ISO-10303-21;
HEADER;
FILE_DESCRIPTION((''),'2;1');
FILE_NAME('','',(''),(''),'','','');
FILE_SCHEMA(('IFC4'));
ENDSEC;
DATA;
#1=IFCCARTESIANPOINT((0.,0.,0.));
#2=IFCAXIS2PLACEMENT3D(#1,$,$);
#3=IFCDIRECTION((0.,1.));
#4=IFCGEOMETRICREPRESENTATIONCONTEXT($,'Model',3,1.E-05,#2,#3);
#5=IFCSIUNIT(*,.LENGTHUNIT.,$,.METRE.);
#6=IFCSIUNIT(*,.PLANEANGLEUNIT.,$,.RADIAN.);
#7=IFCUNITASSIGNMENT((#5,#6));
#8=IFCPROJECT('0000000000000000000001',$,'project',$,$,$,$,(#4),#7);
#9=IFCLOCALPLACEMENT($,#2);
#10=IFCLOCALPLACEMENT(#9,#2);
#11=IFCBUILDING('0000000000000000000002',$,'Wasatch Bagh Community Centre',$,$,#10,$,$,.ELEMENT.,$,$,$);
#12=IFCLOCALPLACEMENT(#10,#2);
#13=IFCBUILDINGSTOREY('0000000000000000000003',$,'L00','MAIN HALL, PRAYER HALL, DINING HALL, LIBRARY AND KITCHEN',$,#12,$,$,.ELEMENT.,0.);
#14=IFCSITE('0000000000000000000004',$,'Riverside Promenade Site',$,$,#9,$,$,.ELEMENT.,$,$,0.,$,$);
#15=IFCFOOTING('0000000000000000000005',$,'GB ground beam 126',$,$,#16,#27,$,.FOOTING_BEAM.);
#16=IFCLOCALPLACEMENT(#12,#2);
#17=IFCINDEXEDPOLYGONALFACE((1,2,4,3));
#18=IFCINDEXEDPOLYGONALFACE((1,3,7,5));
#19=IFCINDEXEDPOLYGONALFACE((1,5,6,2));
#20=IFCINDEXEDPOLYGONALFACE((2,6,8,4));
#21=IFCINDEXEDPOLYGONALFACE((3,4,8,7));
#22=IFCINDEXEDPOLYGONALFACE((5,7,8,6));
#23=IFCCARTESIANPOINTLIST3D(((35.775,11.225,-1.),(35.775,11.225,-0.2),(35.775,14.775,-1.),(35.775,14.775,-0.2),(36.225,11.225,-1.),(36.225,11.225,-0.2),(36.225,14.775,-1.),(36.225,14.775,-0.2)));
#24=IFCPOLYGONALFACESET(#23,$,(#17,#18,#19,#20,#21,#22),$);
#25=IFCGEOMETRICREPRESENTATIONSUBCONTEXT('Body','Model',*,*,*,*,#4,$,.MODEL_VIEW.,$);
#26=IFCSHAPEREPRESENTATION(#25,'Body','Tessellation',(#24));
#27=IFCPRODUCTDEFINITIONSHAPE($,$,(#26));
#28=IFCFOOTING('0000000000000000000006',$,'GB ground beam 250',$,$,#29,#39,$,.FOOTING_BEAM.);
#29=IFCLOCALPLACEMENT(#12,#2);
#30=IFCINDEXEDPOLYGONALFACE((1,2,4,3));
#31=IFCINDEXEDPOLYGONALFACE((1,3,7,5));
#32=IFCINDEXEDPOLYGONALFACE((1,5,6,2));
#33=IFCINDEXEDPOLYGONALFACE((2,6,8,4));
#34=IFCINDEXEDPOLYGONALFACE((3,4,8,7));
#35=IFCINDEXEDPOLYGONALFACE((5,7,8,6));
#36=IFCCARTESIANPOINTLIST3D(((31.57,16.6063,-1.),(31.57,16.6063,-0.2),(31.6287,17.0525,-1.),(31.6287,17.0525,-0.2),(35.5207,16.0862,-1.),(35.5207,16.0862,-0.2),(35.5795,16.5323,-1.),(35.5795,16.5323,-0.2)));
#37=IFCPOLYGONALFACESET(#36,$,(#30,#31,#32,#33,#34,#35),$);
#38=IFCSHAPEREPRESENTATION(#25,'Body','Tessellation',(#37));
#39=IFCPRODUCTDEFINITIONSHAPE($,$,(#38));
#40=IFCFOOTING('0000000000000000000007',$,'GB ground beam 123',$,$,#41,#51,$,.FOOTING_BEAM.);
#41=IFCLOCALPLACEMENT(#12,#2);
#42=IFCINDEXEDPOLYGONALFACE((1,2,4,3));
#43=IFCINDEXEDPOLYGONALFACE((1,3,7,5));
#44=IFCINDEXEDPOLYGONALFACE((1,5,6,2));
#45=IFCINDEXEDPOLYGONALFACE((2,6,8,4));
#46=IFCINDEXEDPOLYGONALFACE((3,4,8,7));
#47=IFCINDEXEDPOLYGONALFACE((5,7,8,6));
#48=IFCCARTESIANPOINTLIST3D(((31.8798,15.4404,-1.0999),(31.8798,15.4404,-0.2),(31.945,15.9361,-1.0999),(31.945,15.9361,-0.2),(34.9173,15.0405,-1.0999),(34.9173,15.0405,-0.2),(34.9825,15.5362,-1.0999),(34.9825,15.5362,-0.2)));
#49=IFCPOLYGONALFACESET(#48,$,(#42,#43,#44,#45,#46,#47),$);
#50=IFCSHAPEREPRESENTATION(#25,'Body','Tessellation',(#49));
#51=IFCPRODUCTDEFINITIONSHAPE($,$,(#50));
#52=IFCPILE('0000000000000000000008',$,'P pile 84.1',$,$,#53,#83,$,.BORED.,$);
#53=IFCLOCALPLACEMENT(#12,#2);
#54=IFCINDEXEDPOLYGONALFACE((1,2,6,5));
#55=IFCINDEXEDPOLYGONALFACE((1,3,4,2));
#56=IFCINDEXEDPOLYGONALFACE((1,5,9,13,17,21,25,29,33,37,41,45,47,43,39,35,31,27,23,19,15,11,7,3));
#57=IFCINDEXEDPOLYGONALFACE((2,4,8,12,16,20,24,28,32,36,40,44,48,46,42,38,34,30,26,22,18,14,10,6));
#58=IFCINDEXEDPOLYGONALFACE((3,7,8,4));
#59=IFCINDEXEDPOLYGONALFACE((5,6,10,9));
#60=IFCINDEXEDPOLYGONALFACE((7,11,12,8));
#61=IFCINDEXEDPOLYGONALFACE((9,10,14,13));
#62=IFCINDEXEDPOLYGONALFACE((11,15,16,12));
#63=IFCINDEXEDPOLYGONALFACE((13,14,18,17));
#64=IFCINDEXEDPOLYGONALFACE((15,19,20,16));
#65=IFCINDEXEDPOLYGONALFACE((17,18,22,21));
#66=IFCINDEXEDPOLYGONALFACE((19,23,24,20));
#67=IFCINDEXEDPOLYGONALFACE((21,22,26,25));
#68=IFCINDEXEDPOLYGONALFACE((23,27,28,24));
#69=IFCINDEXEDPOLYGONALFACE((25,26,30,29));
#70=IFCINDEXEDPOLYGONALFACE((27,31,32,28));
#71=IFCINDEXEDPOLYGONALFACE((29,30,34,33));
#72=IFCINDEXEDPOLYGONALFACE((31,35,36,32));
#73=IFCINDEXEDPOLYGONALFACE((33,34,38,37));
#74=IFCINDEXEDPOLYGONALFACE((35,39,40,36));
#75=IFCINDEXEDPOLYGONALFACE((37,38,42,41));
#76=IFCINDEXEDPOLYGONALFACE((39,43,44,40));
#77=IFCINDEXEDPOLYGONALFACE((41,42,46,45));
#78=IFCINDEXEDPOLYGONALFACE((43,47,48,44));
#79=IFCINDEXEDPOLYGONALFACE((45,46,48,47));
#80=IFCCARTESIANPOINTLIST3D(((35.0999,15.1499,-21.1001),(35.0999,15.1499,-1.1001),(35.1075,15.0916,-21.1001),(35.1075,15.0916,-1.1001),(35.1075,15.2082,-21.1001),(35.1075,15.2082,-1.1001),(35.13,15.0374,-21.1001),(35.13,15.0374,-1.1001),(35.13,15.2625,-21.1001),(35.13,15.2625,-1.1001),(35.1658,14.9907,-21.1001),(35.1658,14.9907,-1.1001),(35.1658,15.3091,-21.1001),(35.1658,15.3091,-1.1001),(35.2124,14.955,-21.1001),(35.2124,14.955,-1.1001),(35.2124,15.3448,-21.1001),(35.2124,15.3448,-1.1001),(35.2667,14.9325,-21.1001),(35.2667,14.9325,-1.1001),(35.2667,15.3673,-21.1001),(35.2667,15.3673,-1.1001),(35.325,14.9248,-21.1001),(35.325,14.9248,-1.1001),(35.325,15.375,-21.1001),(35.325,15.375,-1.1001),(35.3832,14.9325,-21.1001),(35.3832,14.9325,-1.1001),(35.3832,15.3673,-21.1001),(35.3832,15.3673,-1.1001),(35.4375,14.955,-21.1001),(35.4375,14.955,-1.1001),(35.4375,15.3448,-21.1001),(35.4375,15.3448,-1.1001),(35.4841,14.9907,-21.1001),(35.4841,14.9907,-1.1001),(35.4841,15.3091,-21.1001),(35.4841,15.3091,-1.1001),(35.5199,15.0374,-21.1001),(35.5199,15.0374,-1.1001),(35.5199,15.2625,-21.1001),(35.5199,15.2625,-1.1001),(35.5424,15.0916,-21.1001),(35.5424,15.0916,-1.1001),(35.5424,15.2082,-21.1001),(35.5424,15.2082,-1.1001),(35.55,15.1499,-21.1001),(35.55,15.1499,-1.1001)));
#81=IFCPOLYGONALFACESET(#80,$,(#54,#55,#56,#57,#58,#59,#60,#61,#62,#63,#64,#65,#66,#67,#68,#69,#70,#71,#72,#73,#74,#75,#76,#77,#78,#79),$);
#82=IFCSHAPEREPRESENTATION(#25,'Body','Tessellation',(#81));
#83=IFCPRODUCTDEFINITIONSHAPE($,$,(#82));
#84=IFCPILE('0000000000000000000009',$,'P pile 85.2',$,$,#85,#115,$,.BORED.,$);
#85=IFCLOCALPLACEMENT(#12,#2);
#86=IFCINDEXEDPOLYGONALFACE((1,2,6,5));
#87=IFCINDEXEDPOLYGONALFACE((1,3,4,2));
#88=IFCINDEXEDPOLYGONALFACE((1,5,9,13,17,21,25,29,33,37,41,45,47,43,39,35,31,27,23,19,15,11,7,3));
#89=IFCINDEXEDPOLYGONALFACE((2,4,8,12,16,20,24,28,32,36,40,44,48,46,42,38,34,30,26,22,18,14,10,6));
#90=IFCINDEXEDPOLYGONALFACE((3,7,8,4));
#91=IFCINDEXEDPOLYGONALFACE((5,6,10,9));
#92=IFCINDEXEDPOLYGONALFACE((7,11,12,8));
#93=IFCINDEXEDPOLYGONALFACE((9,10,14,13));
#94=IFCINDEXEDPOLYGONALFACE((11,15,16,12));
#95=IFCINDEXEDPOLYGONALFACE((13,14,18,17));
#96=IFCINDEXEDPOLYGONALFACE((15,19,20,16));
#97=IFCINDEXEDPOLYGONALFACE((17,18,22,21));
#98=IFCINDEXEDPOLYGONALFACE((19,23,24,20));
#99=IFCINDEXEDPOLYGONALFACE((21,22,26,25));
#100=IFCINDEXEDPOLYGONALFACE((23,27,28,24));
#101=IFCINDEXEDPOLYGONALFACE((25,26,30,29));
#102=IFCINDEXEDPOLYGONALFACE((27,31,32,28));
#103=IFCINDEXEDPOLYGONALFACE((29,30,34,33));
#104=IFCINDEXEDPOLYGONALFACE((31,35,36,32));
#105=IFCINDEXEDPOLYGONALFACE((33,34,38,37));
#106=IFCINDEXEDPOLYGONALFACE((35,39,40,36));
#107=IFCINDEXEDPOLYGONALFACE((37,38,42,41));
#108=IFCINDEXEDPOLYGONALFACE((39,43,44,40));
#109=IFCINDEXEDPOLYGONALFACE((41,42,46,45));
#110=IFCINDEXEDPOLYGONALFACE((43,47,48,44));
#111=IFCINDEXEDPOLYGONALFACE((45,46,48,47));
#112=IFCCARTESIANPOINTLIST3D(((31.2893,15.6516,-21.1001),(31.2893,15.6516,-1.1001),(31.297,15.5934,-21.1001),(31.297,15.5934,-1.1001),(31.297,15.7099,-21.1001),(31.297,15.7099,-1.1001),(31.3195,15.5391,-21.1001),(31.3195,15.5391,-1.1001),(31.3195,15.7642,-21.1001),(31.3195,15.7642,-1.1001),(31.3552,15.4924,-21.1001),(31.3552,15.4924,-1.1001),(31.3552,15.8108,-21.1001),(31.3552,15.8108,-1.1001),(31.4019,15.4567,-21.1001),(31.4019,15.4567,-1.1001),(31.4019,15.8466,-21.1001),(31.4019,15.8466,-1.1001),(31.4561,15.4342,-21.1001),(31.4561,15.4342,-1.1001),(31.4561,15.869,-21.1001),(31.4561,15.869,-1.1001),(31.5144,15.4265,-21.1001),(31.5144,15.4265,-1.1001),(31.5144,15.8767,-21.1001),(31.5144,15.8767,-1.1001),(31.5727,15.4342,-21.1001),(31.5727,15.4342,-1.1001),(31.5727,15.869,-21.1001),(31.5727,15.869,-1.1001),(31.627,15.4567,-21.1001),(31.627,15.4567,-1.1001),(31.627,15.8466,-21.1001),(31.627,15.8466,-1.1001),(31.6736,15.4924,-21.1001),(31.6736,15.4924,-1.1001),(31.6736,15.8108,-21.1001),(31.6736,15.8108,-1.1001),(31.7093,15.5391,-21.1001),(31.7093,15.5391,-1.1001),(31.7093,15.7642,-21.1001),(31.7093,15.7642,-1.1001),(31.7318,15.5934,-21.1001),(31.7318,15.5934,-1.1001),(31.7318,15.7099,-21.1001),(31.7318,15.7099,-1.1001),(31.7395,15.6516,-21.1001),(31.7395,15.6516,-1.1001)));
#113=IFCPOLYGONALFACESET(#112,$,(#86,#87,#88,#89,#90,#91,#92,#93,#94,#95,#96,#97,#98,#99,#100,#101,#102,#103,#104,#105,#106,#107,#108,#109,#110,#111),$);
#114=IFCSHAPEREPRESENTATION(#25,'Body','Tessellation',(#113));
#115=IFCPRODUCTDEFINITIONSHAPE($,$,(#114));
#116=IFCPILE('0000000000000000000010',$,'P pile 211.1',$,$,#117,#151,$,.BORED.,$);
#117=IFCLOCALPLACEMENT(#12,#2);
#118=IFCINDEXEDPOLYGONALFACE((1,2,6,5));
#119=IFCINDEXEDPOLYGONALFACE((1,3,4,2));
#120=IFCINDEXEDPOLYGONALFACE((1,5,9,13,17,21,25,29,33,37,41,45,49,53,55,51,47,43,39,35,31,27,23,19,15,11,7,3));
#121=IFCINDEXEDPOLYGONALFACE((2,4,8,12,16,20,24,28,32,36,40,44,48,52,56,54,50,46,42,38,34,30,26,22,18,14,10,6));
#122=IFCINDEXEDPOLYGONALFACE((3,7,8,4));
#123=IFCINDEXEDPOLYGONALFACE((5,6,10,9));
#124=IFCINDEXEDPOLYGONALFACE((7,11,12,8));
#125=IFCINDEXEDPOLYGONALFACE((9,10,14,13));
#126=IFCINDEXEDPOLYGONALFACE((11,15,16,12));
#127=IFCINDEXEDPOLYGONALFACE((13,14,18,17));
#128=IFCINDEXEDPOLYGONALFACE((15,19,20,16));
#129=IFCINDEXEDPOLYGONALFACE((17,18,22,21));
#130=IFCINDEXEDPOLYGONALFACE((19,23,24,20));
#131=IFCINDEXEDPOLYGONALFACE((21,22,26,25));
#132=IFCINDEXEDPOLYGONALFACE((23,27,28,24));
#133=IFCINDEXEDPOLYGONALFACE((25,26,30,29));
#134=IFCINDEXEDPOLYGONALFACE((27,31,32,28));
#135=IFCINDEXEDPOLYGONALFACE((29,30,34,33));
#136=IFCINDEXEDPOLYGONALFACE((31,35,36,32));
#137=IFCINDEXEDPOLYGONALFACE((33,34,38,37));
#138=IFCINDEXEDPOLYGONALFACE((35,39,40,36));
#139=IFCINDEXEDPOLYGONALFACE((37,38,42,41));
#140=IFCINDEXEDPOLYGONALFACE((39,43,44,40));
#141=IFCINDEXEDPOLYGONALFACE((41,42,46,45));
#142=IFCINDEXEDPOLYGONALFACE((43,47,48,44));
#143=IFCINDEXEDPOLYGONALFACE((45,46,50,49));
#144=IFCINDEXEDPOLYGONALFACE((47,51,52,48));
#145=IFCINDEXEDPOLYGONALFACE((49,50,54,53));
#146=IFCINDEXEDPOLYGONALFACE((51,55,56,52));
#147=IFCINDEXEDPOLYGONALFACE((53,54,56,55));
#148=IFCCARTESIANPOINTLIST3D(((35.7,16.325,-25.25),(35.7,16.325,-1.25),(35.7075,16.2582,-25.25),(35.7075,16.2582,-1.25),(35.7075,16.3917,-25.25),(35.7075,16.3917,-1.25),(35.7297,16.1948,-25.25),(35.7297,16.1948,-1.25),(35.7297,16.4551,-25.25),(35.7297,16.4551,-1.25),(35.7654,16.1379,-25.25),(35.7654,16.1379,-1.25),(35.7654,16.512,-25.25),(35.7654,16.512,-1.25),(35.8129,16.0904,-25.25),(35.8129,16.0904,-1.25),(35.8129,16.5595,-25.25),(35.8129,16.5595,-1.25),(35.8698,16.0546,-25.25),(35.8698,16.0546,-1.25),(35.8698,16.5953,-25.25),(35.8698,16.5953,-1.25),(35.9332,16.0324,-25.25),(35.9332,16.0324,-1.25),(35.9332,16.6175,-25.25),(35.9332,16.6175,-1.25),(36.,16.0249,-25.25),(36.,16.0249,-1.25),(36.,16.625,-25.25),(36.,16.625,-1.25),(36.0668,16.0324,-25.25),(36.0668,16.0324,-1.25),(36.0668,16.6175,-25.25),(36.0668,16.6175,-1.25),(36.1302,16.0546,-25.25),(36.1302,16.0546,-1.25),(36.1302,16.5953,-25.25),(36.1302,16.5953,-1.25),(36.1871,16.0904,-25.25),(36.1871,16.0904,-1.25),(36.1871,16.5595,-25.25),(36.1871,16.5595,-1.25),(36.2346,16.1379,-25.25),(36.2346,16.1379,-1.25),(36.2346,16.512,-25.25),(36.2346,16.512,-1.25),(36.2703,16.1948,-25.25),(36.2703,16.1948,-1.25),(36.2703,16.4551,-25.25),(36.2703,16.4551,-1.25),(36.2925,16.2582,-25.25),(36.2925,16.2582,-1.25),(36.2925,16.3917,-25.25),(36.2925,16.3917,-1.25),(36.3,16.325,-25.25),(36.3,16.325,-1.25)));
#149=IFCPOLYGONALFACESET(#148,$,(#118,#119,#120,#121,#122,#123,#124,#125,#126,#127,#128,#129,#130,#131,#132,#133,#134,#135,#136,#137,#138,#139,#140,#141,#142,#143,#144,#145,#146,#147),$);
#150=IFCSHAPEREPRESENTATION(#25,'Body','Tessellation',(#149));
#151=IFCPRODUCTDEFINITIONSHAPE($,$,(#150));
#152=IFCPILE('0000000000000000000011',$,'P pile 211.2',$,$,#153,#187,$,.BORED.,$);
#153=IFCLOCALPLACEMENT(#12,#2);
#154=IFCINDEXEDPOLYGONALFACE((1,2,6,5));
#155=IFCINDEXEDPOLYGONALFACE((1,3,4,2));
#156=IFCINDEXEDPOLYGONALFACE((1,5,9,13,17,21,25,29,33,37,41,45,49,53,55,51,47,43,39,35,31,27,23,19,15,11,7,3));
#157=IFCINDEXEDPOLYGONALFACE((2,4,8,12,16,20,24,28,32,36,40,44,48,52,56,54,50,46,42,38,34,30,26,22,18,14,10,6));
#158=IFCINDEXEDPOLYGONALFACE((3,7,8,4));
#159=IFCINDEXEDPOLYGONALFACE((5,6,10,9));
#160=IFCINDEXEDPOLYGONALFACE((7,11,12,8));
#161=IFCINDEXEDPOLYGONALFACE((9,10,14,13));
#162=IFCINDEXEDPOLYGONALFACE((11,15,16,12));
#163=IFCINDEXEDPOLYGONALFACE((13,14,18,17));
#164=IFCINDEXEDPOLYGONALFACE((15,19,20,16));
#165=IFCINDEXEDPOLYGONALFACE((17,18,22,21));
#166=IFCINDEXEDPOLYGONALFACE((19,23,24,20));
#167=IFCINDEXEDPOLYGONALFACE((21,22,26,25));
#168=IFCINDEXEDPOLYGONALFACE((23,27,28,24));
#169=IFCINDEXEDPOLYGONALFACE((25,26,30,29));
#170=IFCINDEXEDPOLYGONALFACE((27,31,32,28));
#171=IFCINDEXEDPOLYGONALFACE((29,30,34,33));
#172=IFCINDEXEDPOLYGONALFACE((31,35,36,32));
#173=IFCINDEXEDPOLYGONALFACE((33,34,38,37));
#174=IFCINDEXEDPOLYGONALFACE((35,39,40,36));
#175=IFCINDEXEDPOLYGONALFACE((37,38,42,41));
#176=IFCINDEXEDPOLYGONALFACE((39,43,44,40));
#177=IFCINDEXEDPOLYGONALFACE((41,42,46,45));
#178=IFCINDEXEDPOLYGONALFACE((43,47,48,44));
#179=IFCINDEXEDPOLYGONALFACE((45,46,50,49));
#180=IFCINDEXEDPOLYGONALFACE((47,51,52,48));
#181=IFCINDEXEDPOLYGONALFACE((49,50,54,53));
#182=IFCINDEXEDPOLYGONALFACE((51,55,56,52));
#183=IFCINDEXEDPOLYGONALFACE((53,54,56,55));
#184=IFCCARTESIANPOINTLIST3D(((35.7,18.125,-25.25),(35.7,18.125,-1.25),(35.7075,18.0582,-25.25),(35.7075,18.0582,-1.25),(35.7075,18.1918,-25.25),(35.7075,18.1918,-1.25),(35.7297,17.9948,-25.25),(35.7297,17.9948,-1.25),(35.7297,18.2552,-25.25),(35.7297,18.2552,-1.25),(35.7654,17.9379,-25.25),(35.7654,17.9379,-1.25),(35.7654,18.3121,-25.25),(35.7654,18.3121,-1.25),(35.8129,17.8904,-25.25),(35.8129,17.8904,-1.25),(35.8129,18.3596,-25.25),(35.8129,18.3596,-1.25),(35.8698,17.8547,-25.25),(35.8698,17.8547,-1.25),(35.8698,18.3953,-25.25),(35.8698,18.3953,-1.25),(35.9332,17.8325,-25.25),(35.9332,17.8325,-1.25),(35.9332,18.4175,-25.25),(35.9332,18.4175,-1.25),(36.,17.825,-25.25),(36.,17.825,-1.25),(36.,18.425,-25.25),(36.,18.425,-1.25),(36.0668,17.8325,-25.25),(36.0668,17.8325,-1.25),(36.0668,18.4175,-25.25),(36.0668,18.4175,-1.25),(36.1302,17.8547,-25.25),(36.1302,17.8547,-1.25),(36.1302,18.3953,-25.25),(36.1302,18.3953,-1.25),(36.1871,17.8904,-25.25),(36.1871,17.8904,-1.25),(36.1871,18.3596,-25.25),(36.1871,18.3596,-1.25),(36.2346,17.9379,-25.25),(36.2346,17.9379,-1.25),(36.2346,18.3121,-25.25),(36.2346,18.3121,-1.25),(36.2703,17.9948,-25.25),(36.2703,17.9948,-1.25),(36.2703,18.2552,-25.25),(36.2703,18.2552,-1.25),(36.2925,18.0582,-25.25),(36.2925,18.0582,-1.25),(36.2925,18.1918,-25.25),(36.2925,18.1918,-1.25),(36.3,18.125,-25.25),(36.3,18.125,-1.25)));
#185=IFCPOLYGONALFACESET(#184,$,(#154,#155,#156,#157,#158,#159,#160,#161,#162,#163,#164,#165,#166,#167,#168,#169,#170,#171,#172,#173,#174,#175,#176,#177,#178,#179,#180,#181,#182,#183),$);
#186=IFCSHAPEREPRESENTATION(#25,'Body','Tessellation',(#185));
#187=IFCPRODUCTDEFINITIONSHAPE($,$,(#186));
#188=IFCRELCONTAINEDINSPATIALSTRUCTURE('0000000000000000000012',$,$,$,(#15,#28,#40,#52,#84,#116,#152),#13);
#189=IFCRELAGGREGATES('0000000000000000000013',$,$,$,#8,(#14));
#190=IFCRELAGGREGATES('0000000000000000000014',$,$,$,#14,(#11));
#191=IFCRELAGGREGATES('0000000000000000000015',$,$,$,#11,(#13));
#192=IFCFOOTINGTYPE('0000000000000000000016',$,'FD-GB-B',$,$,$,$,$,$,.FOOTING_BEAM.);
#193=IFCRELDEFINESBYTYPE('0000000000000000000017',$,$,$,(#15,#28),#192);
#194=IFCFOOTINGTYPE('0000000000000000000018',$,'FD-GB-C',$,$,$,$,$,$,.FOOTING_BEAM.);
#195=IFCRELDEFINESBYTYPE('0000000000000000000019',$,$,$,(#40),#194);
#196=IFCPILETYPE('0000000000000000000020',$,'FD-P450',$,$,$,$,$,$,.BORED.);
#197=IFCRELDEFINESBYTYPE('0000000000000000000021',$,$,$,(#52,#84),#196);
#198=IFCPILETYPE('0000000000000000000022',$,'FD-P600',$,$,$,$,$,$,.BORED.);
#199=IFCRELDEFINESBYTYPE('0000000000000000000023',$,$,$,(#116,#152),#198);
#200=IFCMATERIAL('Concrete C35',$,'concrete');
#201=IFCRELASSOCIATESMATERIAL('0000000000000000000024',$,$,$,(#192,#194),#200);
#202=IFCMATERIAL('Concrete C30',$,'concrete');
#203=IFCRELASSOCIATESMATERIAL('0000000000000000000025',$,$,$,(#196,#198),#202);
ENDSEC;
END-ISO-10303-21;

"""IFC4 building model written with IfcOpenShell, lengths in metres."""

from ifc_helpers import new_model, si_unit, direction, frame, origin, origin_2d, place, context, subcontext, project, spatial, rectangle, circle, extrude, material, material_profile, profile_set, type_object, element, save


model = new_model("IFC4")

# Units and contexts
model_context = context("Model", 3, precision=1e-05, world=origin(), true_north=direction((0.0, 1.0)))
body_context = subcontext(model_context, "Body", "Model", "MODEL_VIEW")
ifc_project = project(units=[si_unit("LENGTHUNIT", "METRE"), si_unit("PLANEANGLEUNIT", "RADIAN")], contexts=[model_context])

# Site, building, storey
site_placement = place(None, origin())
site = spatial("IfcSite", under=ifc_project, at=site_placement, Name="Riverside Promenade Site", CompositionType="ELEMENT", RefElevation=0.0)
building_placement = place(site_placement, origin())
building = spatial("IfcBuilding", under=site, at=building_placement, Name="Wasatch Bagh Community Centre", CompositionType="ELEMENT")
storey_placement = place(building_placement, origin())
storey = spatial("IfcBuildingStorey", under=building, at=storey_placement, Name="L00", Description="MAIN HALL, PRAYER HALL, DINING HALL, LIBRARY AND KITCHEN", CompositionType="ELEMENT", Elevation=0.0)

# Footings
ifc_material_1 = material(Name="Concrete C35", Category="concrete")
footing_type_1 = type_object("IfcFootingType", Name="FD-GB-B", PredefinedType="FOOTING_BEAM", material=ifc_material_1)
footing_1_placement = place(storey_placement, frame((36.0, 13.0, -1.0), z_axis=(0.0, 0.0, 1.0), x_axis=(0.0, -1.0, 0.0)))
element("IfcFooting", 1, at=footing_1_placement, inside=storey, type_object=footing_type_1, Name="GB ground beam 126", PredefinedType="FOOTING_BEAM", context=body_context, shape_type="SweptSolid", body=[
    extrude(rectangle(XDim=3.55, YDim=0.45, at=origin_2d()), origin(), (0.0, 0.0, 1.0), 0.8),
])
footing_2_placement = place(storey_placement, frame((33.5747, 16.5693, -1.0), z_axis=(0.0, 0.0, 1.0), x_axis=(0.991445, -0.130526, 0.0)))
element("IfcFooting", 2, at=footing_2_placement, inside=storey, type_object=footing_type_1, Name="GB ground beam 250", PredefinedType="FOOTING_BEAM", context=body_context, shape_type="SweptSolid", body=[
    extrude(rectangle(XDim=3.9849, YDim=0.45, at=origin_2d()), origin(), (0.0, 0.0, 1.0), 0.8),
])
footing_type_2 = type_object("IfcFootingType", Name="FD-GB-C", PredefinedType="FOOTING_BEAM", material=ifc_material_1)
footing_3_placement = place(storey_placement, frame((33.4312, 15.4883, -1.0999), z_axis=(0.0, 0.0, 1.0), x_axis=(0.991445, -0.130526, 0.0)))
element("IfcFooting", 3, at=footing_3_placement, inside=storey, type_object=footing_type_2, Name="GB ground beam 123", PredefinedType="FOOTING_BEAM", context=body_context, shape_type="SweptSolid", body=[
    extrude(rectangle(XDim=3.0637, YDim=0.5, at=origin_2d()), origin(), (0.0, 0.0, 1.0), 0.8999),
])

# Piles
ifc_material_2 = material(Name="Concrete C30", Category="concrete")
ifc_material_profile_1 = material_profile(ifc_material_2, circle(Radius=0.2251, at=origin_2d()), Name="RC D450")
ifc_profile_set_1 = profile_set([ifc_material_profile_1], Name="Concrete C30")
pile_type_1 = type_object("IfcPileType", Name="FD-P450", PredefinedType="BORED", material=ifc_profile_set_1)
for number, where, z_axis, x_axis, name in (
    (4, (35.325, 15.1499, -1.1001), (0.0, 0.0, -1.0), (1.0, 0.0, 0.0), "P pile 84.1"),
    (5, (31.5144, 15.6516, -1.1001), (0.0, 0.0, -1.0), (1.0, 0.0, 0.0), "P pile 85.2"),
):
    element("IfcPile", number, at=place(storey_placement, frame(where, z_axis=z_axis, x_axis=x_axis)), inside=storey, type_object=pile_type_1, Name=name, PredefinedType="BORED", context=body_context, shape_type="SweptSolid", body=[
        extrude(circle(Radius=0.2251, at=origin_2d()), origin(), (0.0, 0.0, 1.0), 20.0),
    ])
ifc_material_profile_2 = material_profile(ifc_material_2, circle(Radius=0.3, at=origin_2d()), Name="RC D600")
ifc_profile_set_2 = profile_set([ifc_material_profile_2], Name="Concrete C30")
pile_type_2 = type_object("IfcPileType", Name="FD-P600", PredefinedType="BORED", material=ifc_profile_set_2)
for number, where, z_axis, x_axis, name in (
    (6, (36.0, 16.325, -1.25), (0.0, 0.0, -1.0), (1.0, 0.0, 0.0), "P pile 211.1"),
    (7, (36.0, 18.125, -1.25), (0.0, 0.0, -1.0), (1.0, 0.0, 0.0), "P pile 211.2"),
):
    element("IfcPile", number, at=place(storey_placement, frame(where, z_axis=z_axis, x_axis=x_axis)), inside=storey, type_object=pile_type_2, Name=name, PredefinedType="BORED", context=body_context, shape_type="SweptSolid", body=[
        extrude(circle(Radius=0.3, at=origin_2d()), origin(), (0.0, 0.0, 1.0), 24.0),
    ])

save(model, "model.ifc")
